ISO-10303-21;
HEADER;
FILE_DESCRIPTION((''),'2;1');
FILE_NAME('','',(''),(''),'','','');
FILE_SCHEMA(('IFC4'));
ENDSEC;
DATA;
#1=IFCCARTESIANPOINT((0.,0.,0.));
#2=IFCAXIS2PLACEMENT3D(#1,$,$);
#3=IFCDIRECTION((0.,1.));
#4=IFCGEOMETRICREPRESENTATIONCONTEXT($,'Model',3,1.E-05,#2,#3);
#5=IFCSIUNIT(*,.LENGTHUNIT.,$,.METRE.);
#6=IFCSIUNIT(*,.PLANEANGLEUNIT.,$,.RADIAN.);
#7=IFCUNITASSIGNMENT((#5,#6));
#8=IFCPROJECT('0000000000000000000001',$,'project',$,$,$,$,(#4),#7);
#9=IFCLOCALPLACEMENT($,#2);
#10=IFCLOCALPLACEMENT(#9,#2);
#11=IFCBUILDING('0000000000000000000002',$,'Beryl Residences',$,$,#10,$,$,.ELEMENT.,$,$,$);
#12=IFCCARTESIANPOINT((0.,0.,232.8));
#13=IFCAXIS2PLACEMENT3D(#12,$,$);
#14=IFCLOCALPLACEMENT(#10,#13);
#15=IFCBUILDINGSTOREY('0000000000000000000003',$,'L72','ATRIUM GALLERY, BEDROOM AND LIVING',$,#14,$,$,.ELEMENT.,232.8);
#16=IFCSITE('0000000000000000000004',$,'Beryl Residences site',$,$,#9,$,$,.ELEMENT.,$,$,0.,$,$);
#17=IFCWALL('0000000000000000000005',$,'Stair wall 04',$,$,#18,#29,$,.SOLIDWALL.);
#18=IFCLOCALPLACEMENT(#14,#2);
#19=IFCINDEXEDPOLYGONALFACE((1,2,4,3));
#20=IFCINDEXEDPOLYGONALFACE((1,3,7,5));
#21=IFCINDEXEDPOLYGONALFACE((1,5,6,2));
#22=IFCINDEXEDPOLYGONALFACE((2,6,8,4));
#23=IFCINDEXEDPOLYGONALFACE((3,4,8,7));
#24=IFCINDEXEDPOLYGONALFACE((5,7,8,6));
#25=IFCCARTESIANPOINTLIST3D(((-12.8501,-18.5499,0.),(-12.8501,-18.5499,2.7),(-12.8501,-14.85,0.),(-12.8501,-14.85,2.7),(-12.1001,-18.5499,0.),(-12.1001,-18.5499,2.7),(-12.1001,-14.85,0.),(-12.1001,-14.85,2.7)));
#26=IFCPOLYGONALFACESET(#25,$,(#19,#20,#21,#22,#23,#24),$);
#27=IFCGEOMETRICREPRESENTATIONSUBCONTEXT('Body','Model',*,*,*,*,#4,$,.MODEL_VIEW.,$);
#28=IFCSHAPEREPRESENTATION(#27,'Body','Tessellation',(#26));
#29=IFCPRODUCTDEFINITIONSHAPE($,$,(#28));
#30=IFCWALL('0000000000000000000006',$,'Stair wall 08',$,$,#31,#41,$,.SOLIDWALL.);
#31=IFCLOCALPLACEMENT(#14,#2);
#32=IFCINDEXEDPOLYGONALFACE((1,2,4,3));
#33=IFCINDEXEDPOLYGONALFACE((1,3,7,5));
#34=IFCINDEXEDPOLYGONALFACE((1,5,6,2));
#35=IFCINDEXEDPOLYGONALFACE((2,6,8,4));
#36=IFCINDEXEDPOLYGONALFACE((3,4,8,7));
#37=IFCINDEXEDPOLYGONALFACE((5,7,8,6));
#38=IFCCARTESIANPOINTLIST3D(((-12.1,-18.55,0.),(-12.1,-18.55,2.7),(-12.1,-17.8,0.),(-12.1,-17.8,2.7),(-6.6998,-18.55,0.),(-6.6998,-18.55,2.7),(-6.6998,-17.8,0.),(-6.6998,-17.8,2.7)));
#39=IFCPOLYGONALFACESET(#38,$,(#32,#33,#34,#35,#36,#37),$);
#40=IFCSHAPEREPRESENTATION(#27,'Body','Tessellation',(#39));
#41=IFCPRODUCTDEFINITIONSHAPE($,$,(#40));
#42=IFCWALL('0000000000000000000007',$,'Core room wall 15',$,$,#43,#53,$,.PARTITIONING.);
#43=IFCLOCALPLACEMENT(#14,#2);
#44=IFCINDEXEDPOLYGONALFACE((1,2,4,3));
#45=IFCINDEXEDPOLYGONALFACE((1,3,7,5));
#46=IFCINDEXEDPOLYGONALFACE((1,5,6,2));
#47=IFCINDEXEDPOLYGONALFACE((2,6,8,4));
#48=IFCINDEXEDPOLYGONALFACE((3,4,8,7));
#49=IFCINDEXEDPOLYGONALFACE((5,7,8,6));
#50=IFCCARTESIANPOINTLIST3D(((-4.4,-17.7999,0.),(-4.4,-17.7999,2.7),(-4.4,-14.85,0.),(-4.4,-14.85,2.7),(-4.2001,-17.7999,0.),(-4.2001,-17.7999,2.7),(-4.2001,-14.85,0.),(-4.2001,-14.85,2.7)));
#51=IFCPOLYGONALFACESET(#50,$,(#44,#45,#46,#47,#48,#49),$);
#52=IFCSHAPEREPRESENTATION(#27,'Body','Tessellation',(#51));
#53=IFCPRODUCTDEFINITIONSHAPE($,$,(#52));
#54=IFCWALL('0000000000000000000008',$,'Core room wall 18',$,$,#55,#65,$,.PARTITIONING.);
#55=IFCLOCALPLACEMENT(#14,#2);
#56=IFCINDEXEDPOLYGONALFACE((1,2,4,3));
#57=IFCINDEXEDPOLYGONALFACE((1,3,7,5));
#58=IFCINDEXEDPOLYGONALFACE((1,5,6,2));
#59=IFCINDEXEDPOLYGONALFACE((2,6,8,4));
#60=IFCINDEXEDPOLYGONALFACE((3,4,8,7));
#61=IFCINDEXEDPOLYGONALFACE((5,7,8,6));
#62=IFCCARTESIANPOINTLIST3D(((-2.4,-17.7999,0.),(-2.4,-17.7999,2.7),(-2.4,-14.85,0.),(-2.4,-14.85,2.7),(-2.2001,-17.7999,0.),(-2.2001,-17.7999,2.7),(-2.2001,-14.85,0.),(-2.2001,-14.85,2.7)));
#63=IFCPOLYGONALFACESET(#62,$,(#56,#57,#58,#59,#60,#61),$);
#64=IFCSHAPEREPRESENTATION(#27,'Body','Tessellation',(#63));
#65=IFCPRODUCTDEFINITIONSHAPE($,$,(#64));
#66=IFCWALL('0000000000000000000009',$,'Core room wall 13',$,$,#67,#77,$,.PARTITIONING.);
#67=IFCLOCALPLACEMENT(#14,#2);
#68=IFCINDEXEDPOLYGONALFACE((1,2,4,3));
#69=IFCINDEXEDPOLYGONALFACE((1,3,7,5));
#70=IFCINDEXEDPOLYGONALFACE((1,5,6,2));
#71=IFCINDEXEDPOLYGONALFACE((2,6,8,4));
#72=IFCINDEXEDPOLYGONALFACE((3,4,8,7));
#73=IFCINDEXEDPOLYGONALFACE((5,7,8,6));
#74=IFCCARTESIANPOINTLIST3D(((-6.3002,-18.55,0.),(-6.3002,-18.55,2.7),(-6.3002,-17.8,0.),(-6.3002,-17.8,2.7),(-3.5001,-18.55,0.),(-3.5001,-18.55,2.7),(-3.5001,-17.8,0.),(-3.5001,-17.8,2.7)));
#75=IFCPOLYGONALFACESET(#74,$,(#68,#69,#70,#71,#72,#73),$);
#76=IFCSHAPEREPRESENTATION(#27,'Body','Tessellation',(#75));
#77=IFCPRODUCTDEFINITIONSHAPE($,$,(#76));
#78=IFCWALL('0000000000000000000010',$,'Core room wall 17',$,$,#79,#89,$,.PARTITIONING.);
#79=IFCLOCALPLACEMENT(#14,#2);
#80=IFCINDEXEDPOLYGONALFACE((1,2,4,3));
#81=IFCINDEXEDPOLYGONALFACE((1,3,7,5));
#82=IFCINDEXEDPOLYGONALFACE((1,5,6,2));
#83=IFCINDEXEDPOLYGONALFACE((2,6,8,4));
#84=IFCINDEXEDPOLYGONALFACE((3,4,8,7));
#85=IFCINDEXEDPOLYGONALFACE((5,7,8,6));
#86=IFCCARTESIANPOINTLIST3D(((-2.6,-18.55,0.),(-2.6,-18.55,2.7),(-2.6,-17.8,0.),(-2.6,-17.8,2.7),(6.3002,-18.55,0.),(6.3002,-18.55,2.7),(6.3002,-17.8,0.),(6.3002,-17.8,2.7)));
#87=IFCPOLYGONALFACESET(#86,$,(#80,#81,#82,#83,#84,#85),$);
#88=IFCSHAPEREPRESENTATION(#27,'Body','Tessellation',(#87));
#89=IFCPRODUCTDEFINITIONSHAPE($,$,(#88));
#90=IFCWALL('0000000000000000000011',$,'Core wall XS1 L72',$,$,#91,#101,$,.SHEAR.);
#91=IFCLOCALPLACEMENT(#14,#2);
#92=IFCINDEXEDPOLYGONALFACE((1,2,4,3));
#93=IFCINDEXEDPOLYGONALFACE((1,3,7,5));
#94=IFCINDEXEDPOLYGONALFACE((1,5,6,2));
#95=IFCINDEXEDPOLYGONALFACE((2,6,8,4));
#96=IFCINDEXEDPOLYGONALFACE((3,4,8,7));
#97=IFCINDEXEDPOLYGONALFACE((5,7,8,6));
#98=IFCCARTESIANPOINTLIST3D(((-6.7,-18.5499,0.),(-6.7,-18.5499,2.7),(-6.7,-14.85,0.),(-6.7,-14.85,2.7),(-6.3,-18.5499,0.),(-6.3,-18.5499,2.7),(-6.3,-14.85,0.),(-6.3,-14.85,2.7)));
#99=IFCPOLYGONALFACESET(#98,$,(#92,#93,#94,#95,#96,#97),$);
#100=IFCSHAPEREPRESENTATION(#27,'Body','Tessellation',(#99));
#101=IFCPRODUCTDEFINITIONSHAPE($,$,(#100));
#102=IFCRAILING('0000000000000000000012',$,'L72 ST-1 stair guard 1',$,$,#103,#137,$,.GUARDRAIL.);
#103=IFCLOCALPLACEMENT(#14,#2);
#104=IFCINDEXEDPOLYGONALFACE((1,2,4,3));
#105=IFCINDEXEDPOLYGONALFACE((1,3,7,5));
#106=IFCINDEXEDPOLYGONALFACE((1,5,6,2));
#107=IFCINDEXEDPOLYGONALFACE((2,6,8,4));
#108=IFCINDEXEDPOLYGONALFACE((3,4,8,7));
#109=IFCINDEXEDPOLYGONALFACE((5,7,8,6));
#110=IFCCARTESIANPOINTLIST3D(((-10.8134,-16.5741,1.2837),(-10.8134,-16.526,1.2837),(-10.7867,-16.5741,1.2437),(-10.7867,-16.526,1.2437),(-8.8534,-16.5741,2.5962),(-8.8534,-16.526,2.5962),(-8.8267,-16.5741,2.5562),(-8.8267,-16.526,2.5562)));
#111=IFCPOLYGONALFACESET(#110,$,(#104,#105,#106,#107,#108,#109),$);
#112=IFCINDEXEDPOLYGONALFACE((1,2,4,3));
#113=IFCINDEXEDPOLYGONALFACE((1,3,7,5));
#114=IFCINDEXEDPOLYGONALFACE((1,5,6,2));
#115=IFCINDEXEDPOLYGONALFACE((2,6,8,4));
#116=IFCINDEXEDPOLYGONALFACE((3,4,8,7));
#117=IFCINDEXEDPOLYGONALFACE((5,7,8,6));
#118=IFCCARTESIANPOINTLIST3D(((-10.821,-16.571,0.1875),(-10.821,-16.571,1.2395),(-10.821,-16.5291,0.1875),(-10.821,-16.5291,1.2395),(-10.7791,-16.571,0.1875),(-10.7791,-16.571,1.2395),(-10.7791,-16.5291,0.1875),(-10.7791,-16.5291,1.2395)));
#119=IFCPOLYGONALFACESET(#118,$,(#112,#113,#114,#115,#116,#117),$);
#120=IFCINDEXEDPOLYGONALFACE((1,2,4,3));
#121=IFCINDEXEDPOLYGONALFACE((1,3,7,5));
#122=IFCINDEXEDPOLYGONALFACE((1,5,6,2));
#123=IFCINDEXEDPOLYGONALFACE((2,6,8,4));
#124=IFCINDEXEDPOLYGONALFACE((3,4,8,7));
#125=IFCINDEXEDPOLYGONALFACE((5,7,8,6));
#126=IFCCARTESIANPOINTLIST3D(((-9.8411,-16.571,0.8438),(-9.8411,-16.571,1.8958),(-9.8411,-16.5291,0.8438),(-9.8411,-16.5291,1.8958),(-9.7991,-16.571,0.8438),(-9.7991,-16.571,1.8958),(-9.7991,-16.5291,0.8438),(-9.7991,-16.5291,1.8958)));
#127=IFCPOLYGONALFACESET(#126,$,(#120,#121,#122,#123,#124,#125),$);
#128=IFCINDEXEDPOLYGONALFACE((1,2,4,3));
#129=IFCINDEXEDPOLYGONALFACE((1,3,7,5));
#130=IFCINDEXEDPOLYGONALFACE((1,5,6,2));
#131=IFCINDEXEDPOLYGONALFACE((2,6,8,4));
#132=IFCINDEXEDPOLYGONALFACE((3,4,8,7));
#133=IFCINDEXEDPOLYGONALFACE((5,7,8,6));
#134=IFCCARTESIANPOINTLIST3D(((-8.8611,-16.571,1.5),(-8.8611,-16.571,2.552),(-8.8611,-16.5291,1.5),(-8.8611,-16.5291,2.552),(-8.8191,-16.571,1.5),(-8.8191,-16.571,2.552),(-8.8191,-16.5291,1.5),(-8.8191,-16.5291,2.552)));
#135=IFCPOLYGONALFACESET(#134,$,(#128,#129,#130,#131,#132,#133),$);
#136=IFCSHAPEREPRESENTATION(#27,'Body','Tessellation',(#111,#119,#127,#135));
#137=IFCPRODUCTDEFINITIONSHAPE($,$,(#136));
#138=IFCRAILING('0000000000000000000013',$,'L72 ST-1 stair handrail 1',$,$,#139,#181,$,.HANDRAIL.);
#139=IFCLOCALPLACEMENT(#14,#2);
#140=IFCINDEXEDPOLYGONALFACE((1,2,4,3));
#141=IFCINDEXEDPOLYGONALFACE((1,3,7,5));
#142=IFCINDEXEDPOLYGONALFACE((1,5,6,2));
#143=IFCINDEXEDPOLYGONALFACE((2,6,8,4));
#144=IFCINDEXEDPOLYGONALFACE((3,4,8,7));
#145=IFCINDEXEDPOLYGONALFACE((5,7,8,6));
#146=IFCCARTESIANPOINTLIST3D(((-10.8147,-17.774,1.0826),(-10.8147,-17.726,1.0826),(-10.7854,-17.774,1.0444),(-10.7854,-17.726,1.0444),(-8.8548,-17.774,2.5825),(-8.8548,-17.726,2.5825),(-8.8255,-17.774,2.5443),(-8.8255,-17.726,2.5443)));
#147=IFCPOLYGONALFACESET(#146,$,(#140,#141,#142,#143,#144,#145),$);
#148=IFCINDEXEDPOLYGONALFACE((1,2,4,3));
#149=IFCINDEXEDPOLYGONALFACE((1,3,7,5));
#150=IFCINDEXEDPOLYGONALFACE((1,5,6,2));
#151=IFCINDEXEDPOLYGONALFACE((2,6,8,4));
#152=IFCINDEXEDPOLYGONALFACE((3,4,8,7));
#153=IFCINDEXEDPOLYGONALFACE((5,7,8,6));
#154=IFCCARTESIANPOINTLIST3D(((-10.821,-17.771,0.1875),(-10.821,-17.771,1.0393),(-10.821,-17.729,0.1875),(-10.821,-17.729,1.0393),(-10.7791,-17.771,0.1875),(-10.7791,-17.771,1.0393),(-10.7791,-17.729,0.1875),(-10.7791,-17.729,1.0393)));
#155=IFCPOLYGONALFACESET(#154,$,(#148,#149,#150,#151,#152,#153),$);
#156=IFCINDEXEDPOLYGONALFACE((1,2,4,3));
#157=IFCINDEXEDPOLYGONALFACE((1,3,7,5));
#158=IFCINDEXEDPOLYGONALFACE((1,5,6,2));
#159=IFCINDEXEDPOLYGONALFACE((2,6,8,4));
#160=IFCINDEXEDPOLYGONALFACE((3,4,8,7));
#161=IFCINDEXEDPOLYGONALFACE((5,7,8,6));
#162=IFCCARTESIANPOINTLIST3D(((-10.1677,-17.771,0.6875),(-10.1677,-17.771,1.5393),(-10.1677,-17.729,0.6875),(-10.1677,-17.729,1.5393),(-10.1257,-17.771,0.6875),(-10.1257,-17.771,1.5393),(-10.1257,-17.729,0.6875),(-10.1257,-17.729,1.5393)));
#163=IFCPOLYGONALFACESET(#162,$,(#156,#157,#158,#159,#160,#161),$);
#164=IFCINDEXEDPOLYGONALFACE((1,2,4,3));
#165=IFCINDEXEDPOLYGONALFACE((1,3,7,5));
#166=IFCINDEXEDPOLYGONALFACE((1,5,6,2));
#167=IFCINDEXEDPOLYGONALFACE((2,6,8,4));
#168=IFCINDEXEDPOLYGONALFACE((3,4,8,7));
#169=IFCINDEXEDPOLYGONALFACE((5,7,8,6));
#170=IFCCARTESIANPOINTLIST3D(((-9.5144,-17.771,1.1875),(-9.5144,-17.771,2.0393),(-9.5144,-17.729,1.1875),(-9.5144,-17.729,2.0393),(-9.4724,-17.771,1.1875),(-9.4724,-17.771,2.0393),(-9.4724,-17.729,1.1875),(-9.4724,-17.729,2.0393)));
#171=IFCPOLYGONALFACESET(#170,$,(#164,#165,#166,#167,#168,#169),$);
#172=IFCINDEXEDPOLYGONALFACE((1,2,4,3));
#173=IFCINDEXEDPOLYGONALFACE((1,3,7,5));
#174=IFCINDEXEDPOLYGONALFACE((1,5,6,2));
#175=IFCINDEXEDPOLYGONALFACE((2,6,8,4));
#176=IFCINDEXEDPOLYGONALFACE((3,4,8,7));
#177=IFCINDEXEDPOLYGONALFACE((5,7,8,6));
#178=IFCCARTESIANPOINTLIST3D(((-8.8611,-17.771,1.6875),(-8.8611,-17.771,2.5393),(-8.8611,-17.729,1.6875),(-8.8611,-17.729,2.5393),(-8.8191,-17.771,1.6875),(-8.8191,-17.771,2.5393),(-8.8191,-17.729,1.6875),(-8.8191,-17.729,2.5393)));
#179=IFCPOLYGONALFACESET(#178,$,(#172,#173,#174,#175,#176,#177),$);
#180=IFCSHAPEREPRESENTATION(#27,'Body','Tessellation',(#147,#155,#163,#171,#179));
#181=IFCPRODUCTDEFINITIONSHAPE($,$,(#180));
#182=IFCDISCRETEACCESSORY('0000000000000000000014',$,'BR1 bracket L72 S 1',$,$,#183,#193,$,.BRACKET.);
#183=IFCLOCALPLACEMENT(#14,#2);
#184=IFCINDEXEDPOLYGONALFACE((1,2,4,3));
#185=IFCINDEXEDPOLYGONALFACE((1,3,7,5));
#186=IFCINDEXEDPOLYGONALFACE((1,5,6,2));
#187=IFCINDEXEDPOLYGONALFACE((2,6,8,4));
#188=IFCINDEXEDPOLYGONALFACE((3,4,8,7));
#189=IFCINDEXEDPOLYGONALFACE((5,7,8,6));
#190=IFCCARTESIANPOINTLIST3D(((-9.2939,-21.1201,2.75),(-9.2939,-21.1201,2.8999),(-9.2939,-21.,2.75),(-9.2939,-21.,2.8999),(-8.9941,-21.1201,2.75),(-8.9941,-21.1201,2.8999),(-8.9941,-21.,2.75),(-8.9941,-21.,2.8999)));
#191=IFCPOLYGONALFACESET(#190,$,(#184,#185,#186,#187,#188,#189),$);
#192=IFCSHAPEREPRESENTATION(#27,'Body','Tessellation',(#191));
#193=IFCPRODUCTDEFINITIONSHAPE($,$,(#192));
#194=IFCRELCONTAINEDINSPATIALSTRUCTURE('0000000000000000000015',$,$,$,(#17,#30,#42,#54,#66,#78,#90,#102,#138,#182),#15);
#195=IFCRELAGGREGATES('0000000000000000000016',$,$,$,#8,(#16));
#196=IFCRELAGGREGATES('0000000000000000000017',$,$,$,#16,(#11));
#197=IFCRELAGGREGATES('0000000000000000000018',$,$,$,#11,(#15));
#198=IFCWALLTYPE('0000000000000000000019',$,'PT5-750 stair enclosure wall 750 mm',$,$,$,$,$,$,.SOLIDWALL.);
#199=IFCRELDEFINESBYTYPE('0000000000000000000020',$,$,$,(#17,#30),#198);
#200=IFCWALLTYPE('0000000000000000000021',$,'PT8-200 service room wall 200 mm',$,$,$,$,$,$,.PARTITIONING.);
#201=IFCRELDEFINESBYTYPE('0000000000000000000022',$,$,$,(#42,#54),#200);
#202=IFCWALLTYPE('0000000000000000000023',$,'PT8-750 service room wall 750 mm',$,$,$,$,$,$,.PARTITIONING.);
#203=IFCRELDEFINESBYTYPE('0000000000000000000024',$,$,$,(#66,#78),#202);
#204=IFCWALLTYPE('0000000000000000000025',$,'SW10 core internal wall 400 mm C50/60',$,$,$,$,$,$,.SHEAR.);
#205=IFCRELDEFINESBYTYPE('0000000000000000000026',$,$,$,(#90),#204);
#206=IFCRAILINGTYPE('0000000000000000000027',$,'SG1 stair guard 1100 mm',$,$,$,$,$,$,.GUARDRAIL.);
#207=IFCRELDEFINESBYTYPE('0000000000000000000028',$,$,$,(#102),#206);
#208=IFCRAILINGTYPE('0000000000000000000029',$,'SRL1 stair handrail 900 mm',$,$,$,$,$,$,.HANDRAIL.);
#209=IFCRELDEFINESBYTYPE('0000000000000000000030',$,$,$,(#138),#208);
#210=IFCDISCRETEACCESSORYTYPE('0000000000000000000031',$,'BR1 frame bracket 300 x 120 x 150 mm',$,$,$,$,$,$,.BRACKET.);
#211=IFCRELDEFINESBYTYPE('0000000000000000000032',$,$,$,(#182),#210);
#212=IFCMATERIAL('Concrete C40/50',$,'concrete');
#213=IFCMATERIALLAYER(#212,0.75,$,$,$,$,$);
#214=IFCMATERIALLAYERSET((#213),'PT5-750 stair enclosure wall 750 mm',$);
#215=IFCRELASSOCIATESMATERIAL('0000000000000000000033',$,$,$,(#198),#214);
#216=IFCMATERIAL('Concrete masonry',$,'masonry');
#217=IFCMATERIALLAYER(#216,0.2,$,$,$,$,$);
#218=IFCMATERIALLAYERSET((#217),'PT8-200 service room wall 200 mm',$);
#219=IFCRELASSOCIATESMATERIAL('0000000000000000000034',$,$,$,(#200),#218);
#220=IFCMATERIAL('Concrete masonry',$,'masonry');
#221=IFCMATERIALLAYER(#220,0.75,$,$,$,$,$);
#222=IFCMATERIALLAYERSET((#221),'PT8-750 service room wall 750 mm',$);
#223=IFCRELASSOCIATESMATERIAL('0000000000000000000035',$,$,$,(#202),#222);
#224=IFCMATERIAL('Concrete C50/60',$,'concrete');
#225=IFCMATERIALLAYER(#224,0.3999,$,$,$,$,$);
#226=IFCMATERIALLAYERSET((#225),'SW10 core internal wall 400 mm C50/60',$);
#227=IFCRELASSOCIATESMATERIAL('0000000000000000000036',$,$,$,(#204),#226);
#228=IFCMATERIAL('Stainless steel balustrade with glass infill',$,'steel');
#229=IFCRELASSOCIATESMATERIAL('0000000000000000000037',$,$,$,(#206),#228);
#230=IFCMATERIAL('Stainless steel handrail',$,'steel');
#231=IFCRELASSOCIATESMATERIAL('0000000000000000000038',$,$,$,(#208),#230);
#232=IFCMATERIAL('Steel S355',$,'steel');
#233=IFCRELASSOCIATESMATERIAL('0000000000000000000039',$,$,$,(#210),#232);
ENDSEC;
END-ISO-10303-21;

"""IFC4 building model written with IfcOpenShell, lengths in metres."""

from ifc_helpers import new_model, si_unit, direction, frame, frame_2d, origin, origin_2d, place, context, subcontext, project, spatial, polyline, rectangle, outline, extrude, source, transform, mapped, material, layer, layer_set, type_object, type_shapes, element, save


model = new_model("IFC4")

# Units and contexts
model_context = context("Model", 3, precision=1e-05, world=origin(), true_north=direction((0.0, 1.0)))
body_context = subcontext(model_context, "Body", "Model", "MODEL_VIEW")
ifc_project = project(units=[si_unit("LENGTHUNIT", "METRE"), si_unit("PLANEANGLEUNIT", "RADIAN")], contexts=[model_context])

# Site, building, storey
site_placement = place(None, origin())
site = spatial("IfcSite", under=ifc_project, at=site_placement, Name="Beryl Residences site", CompositionType="ELEMENT", RefElevation=0.0)
building_placement = place(site_placement, origin())
building = spatial("IfcBuilding", under=site, at=building_placement, Name="Beryl Residences", CompositionType="ELEMENT")
storey_placement = place(building_placement, frame((0.0, 0.0, 232.8)))
storey = spatial("IfcBuildingStorey", under=building, at=storey_placement, Name="L72", Description="ATRIUM GALLERY, BEDROOM AND LIVING", CompositionType="ELEMENT", Elevation=232.8)

# Walls
ifc_material_1 = material(Name="Concrete C40/50", Category="concrete")
ifc_layer_1 = layer(ifc_material_1, 0.75)
ifc_layer_set_1 = layer_set([ifc_layer_1], Name="PT5-750 stair enclosure wall 750 mm")
wall_type_1 = type_object("IfcWallType", Name="PT5-750 stair enclosure wall 750 mm", PredefinedType="SOLIDWALL", material=ifc_layer_set_1)
wall_1_placement = place(storey_placement, frame((-12.4751, -18.55, 0.0), z_axis=(0.0, 0.0, 1.0), x_axis=(0.0, 1.0, 0.0)))
element("IfcWall", 1, at=wall_1_placement, inside=storey, type_object=wall_type_1, Name="Stair wall 04", PredefinedType="SOLIDWALL", context=body_context, shape_type="SweptSolid", body=[
    extrude(rectangle(XDim=3.7, YDim=0.75, at=frame_2d((1.8501, 0.0))), origin(), (0.0, 0.0, 1.0), 2.7),
])
wall_2_placement = place(storey_placement, frame((-12.1001, -18.175, 0.0), z_axis=(0.0, 0.0, 1.0), x_axis=(1.0, 0.0, 0.0)))
element("IfcWall", 2, at=wall_2_placement, inside=storey, type_object=wall_type_1, Name="Stair wall 08", PredefinedType="SOLIDWALL", context=body_context, shape_type="SweptSolid", body=[
    extrude(rectangle(XDim=5.4001, YDim=0.75, at=frame_2d((2.7002, 0.0))), origin(), (0.0, 0.0, 1.0), 2.7),
])
ifc_material_2 = material(Name="Concrete masonry", Category="masonry")
ifc_layer_2 = layer(ifc_material_2, 0.2)
ifc_layer_set_2 = layer_set([ifc_layer_2], Name="PT8-200 service room wall 200 mm")
wall_type_2 = type_object("IfcWallType", Name="PT8-200 service room wall 200 mm", PredefinedType="PARTITIONING", material=ifc_layer_set_2)
for number, where, z_axis, x_axis, name in (
    (3, (-4.3, -17.8, 0.0), (0.0, 0.0, 1.0), (0.0, 1.0, 0.0), "Core room wall 15"),
    (4, (-2.3, -17.8, 0.0), (0.0, 0.0, 1.0), (0.0, 1.0, 0.0), "Core room wall 18"),
):
    element("IfcWall", number, at=place(storey_placement, frame(where, z_axis=z_axis, x_axis=x_axis)), inside=storey, type_object=wall_type_2, Name=name, PredefinedType="PARTITIONING", context=body_context, shape_type="SweptSolid", body=[
        extrude(rectangle(XDim=2.95, YDim=0.2, at=frame_2d((1.4751, 0.0))), origin(), (0.0, 0.0, 1.0), 2.7),
    ])
ifc_material_3 = material(Name="Concrete masonry", Category="masonry")
ifc_layer_3 = layer(ifc_material_3, 0.75)
ifc_layer_set_3 = layer_set([ifc_layer_3], Name="PT8-750 service room wall 750 mm")
wall_type_3 = type_object("IfcWallType", Name="PT8-750 service room wall 750 mm", PredefinedType="PARTITIONING", material=ifc_layer_set_3)
wall_3_placement = place(storey_placement, frame((-6.3, -18.175, 0.0), z_axis=(0.0, 0.0, 1.0), x_axis=(1.0, 0.0, 0.0)))
element("IfcWall", 5, at=wall_3_placement, inside=storey, type_object=wall_type_3, Name="Core room wall 13", PredefinedType="PARTITIONING", context=body_context, shape_type="SweptSolid", body=[
    extrude(rectangle(XDim=2.8, YDim=0.75, at=frame_2d((1.3999, 0.0))), origin(), (0.0, 0.0, 1.0), 2.7),
])
wall_4_placement = place(storey_placement, frame((-2.6001, -18.175, 0.0), z_axis=(0.0, 0.0, 1.0), x_axis=(1.0, 0.0, 0.0)))
element("IfcWall", 6, at=wall_4_placement, inside=storey, type_object=wall_type_3, Name="Core room wall 17", PredefinedType="PARTITIONING", context=body_context, shape_type="SweptSolid", body=[
    extrude(rectangle(XDim=8.9001, YDim=0.75, at=frame_2d((4.4502, 0.0))), origin(), (0.0, 0.0, 1.0), 2.7),
])
ifc_material_4 = material(Name="Concrete C50/60", Category="concrete")
ifc_layer_4 = layer(ifc_material_4, 0.3999)
ifc_layer_set_4 = layer_set([ifc_layer_4], Name="SW10 core internal wall 400 mm C50/60")
wall_type_4 = type_object("IfcWallType", Name="SW10 core internal wall 400 mm C50/60", PredefinedType="SHEAR", material=ifc_layer_set_4)
wall_5_placement = place(storey_placement, frame((-6.5, -18.55, 0.0), z_axis=(0.0, 0.0, 1.0), x_axis=(0.0, 1.0, 0.0)))
element("IfcWall", 7, at=wall_5_placement, inside=storey, type_object=wall_type_4, Name="Core wall XS1 L72", PredefinedType="SHEAR", context=body_context, shape_type="SweptSolid", body=[
    extrude(rectangle(XDim=3.7, YDim=0.3999, at=frame_2d((1.8501, 0.0))), origin(), (0.0, 0.0, 1.0), 2.7),
])

# Railings
ifc_material_5 = material(Name="Stainless steel balustrade with glass infill", Category="steel")
railing_type_1 = type_object("IfcRailingType", Name="SG1 stair guard 1100 mm", PredefinedType="GUARDRAIL", material=ifc_material_5)
railing_1_placement = place(storey_placement, frame((-10.8, -16.55, 0.1875)))
element("IfcRailing", 8, at=railing_1_placement, inside=storey, type_object=railing_type_1, Name="L72 ST-1 stair guard 1", PredefinedType="GUARDRAIL", context=body_context, shape_type="SweptSolid", body=[
    extrude(rectangle(XDim=0.0481, YDim=0.0481, at=origin_2d()), frame((0.0, 0.0, 1.0762), z_axis=(0.830902, 0.0, 0.556419), x_axis=(0.0, 1.0, 0.0)), (0.0, 0.0, 1.0), 2.3589),
    extrude(rectangle(XDim=0.042, YDim=0.042, at=origin_2d()), origin(), (0.0, 0.0, 1.0), 1.052),
    extrude(rectangle(XDim=0.042, YDim=0.042, at=origin_2d()), frame((0.98, 0.0, 0.6562)), (0.0, 0.0, 1.0), 1.052),
    extrude(rectangle(XDim=0.042, YDim=0.042, at=origin_2d()), frame((1.96, 0.0, 1.3125)), (0.0, 0.0, 1.0), 1.052),
])
ifc_material_6 = material(Name="Stainless steel handrail", Category="steel")
railing_type_2 = type_object("IfcRailingType", Name="SRL1 stair handrail 900 mm", PredefinedType="HANDRAIL", material=ifc_material_6)
railing_2_placement = place(storey_placement, frame((-10.8, -17.75, 0.1875)))
element("IfcRailing", 9, at=railing_2_placement, inside=storey, type_object=railing_type_2, Name="L72 ST-1 stair handrail 1", PredefinedType="HANDRAIL", context=body_context, shape_type="SweptSolid", body=[
    extrude(rectangle(XDim=0.0481, YDim=0.0481, at=origin_2d()), frame((0.0, 0.0, 0.876), z_axis=(0.794122, 0.0, 0.607758), x_axis=(0.0, 1.0, 0.0)), (0.0, 0.0, 1.0), 2.468),
    extrude(rectangle(XDim=0.042, YDim=0.042, at=origin_2d()), origin(), (0.0, 0.0, 1.0), 0.8518),
    extrude(rectangle(XDim=0.042, YDim=0.042, at=origin_2d()), frame((0.6533, 0.0, 0.5)), (0.0, 0.0, 1.0), 0.8518),
    extrude(rectangle(XDim=0.042, YDim=0.042, at=origin_2d()), frame((1.3066, 0.0, 1.0)), (0.0, 0.0, 1.0), 0.8518),
    extrude(rectangle(XDim=0.042, YDim=0.042, at=origin_2d()), frame((1.96, 0.0, 1.5)), (0.0, 0.0, 1.0), 0.8518),
])

# Discrete accessory
ifc_material_7 = material(Name="Steel S355", Category="steel")
discrete_accessory_type = type_object("IfcDiscreteAccessoryType", Name="BR1 frame bracket 300 x 120 x 150 mm", PredefinedType="BRACKET", material=ifc_material_7)
shared_shape_1 = source(origin(), body_context, "Body", "SweptSolid", [
    extrude(outline(polyline([(-0.1499, 0.0), (0.1499, 0.0), (0.1499, 0.1201), (-0.1499, 0.1201), (-0.1499, 0.0)])), origin(), (0.0, 0.0, 1.0), 0.1499),
])
type_shapes(discrete_accessory_type, [shared_shape_1])
discrete_accessory_placement = place(storey_placement, frame((-9.144, -21.0, 2.75), z_axis=(0.0, 0.0, 1.0), x_axis=(-1.0, 0.0, 0.0)))
element("IfcDiscreteAccessory", 10, at=discrete_accessory_placement, inside=storey, type_object=discrete_accessory_type, Name="BR1 bracket L72 S 1", PredefinedType="BRACKET", context=body_context, shape_type="MappedRepresentation", body=[
    mapped(shared_shape_1, transform((0.0, 0.0, 0.0))),
])

save(model, "model.ifc")
